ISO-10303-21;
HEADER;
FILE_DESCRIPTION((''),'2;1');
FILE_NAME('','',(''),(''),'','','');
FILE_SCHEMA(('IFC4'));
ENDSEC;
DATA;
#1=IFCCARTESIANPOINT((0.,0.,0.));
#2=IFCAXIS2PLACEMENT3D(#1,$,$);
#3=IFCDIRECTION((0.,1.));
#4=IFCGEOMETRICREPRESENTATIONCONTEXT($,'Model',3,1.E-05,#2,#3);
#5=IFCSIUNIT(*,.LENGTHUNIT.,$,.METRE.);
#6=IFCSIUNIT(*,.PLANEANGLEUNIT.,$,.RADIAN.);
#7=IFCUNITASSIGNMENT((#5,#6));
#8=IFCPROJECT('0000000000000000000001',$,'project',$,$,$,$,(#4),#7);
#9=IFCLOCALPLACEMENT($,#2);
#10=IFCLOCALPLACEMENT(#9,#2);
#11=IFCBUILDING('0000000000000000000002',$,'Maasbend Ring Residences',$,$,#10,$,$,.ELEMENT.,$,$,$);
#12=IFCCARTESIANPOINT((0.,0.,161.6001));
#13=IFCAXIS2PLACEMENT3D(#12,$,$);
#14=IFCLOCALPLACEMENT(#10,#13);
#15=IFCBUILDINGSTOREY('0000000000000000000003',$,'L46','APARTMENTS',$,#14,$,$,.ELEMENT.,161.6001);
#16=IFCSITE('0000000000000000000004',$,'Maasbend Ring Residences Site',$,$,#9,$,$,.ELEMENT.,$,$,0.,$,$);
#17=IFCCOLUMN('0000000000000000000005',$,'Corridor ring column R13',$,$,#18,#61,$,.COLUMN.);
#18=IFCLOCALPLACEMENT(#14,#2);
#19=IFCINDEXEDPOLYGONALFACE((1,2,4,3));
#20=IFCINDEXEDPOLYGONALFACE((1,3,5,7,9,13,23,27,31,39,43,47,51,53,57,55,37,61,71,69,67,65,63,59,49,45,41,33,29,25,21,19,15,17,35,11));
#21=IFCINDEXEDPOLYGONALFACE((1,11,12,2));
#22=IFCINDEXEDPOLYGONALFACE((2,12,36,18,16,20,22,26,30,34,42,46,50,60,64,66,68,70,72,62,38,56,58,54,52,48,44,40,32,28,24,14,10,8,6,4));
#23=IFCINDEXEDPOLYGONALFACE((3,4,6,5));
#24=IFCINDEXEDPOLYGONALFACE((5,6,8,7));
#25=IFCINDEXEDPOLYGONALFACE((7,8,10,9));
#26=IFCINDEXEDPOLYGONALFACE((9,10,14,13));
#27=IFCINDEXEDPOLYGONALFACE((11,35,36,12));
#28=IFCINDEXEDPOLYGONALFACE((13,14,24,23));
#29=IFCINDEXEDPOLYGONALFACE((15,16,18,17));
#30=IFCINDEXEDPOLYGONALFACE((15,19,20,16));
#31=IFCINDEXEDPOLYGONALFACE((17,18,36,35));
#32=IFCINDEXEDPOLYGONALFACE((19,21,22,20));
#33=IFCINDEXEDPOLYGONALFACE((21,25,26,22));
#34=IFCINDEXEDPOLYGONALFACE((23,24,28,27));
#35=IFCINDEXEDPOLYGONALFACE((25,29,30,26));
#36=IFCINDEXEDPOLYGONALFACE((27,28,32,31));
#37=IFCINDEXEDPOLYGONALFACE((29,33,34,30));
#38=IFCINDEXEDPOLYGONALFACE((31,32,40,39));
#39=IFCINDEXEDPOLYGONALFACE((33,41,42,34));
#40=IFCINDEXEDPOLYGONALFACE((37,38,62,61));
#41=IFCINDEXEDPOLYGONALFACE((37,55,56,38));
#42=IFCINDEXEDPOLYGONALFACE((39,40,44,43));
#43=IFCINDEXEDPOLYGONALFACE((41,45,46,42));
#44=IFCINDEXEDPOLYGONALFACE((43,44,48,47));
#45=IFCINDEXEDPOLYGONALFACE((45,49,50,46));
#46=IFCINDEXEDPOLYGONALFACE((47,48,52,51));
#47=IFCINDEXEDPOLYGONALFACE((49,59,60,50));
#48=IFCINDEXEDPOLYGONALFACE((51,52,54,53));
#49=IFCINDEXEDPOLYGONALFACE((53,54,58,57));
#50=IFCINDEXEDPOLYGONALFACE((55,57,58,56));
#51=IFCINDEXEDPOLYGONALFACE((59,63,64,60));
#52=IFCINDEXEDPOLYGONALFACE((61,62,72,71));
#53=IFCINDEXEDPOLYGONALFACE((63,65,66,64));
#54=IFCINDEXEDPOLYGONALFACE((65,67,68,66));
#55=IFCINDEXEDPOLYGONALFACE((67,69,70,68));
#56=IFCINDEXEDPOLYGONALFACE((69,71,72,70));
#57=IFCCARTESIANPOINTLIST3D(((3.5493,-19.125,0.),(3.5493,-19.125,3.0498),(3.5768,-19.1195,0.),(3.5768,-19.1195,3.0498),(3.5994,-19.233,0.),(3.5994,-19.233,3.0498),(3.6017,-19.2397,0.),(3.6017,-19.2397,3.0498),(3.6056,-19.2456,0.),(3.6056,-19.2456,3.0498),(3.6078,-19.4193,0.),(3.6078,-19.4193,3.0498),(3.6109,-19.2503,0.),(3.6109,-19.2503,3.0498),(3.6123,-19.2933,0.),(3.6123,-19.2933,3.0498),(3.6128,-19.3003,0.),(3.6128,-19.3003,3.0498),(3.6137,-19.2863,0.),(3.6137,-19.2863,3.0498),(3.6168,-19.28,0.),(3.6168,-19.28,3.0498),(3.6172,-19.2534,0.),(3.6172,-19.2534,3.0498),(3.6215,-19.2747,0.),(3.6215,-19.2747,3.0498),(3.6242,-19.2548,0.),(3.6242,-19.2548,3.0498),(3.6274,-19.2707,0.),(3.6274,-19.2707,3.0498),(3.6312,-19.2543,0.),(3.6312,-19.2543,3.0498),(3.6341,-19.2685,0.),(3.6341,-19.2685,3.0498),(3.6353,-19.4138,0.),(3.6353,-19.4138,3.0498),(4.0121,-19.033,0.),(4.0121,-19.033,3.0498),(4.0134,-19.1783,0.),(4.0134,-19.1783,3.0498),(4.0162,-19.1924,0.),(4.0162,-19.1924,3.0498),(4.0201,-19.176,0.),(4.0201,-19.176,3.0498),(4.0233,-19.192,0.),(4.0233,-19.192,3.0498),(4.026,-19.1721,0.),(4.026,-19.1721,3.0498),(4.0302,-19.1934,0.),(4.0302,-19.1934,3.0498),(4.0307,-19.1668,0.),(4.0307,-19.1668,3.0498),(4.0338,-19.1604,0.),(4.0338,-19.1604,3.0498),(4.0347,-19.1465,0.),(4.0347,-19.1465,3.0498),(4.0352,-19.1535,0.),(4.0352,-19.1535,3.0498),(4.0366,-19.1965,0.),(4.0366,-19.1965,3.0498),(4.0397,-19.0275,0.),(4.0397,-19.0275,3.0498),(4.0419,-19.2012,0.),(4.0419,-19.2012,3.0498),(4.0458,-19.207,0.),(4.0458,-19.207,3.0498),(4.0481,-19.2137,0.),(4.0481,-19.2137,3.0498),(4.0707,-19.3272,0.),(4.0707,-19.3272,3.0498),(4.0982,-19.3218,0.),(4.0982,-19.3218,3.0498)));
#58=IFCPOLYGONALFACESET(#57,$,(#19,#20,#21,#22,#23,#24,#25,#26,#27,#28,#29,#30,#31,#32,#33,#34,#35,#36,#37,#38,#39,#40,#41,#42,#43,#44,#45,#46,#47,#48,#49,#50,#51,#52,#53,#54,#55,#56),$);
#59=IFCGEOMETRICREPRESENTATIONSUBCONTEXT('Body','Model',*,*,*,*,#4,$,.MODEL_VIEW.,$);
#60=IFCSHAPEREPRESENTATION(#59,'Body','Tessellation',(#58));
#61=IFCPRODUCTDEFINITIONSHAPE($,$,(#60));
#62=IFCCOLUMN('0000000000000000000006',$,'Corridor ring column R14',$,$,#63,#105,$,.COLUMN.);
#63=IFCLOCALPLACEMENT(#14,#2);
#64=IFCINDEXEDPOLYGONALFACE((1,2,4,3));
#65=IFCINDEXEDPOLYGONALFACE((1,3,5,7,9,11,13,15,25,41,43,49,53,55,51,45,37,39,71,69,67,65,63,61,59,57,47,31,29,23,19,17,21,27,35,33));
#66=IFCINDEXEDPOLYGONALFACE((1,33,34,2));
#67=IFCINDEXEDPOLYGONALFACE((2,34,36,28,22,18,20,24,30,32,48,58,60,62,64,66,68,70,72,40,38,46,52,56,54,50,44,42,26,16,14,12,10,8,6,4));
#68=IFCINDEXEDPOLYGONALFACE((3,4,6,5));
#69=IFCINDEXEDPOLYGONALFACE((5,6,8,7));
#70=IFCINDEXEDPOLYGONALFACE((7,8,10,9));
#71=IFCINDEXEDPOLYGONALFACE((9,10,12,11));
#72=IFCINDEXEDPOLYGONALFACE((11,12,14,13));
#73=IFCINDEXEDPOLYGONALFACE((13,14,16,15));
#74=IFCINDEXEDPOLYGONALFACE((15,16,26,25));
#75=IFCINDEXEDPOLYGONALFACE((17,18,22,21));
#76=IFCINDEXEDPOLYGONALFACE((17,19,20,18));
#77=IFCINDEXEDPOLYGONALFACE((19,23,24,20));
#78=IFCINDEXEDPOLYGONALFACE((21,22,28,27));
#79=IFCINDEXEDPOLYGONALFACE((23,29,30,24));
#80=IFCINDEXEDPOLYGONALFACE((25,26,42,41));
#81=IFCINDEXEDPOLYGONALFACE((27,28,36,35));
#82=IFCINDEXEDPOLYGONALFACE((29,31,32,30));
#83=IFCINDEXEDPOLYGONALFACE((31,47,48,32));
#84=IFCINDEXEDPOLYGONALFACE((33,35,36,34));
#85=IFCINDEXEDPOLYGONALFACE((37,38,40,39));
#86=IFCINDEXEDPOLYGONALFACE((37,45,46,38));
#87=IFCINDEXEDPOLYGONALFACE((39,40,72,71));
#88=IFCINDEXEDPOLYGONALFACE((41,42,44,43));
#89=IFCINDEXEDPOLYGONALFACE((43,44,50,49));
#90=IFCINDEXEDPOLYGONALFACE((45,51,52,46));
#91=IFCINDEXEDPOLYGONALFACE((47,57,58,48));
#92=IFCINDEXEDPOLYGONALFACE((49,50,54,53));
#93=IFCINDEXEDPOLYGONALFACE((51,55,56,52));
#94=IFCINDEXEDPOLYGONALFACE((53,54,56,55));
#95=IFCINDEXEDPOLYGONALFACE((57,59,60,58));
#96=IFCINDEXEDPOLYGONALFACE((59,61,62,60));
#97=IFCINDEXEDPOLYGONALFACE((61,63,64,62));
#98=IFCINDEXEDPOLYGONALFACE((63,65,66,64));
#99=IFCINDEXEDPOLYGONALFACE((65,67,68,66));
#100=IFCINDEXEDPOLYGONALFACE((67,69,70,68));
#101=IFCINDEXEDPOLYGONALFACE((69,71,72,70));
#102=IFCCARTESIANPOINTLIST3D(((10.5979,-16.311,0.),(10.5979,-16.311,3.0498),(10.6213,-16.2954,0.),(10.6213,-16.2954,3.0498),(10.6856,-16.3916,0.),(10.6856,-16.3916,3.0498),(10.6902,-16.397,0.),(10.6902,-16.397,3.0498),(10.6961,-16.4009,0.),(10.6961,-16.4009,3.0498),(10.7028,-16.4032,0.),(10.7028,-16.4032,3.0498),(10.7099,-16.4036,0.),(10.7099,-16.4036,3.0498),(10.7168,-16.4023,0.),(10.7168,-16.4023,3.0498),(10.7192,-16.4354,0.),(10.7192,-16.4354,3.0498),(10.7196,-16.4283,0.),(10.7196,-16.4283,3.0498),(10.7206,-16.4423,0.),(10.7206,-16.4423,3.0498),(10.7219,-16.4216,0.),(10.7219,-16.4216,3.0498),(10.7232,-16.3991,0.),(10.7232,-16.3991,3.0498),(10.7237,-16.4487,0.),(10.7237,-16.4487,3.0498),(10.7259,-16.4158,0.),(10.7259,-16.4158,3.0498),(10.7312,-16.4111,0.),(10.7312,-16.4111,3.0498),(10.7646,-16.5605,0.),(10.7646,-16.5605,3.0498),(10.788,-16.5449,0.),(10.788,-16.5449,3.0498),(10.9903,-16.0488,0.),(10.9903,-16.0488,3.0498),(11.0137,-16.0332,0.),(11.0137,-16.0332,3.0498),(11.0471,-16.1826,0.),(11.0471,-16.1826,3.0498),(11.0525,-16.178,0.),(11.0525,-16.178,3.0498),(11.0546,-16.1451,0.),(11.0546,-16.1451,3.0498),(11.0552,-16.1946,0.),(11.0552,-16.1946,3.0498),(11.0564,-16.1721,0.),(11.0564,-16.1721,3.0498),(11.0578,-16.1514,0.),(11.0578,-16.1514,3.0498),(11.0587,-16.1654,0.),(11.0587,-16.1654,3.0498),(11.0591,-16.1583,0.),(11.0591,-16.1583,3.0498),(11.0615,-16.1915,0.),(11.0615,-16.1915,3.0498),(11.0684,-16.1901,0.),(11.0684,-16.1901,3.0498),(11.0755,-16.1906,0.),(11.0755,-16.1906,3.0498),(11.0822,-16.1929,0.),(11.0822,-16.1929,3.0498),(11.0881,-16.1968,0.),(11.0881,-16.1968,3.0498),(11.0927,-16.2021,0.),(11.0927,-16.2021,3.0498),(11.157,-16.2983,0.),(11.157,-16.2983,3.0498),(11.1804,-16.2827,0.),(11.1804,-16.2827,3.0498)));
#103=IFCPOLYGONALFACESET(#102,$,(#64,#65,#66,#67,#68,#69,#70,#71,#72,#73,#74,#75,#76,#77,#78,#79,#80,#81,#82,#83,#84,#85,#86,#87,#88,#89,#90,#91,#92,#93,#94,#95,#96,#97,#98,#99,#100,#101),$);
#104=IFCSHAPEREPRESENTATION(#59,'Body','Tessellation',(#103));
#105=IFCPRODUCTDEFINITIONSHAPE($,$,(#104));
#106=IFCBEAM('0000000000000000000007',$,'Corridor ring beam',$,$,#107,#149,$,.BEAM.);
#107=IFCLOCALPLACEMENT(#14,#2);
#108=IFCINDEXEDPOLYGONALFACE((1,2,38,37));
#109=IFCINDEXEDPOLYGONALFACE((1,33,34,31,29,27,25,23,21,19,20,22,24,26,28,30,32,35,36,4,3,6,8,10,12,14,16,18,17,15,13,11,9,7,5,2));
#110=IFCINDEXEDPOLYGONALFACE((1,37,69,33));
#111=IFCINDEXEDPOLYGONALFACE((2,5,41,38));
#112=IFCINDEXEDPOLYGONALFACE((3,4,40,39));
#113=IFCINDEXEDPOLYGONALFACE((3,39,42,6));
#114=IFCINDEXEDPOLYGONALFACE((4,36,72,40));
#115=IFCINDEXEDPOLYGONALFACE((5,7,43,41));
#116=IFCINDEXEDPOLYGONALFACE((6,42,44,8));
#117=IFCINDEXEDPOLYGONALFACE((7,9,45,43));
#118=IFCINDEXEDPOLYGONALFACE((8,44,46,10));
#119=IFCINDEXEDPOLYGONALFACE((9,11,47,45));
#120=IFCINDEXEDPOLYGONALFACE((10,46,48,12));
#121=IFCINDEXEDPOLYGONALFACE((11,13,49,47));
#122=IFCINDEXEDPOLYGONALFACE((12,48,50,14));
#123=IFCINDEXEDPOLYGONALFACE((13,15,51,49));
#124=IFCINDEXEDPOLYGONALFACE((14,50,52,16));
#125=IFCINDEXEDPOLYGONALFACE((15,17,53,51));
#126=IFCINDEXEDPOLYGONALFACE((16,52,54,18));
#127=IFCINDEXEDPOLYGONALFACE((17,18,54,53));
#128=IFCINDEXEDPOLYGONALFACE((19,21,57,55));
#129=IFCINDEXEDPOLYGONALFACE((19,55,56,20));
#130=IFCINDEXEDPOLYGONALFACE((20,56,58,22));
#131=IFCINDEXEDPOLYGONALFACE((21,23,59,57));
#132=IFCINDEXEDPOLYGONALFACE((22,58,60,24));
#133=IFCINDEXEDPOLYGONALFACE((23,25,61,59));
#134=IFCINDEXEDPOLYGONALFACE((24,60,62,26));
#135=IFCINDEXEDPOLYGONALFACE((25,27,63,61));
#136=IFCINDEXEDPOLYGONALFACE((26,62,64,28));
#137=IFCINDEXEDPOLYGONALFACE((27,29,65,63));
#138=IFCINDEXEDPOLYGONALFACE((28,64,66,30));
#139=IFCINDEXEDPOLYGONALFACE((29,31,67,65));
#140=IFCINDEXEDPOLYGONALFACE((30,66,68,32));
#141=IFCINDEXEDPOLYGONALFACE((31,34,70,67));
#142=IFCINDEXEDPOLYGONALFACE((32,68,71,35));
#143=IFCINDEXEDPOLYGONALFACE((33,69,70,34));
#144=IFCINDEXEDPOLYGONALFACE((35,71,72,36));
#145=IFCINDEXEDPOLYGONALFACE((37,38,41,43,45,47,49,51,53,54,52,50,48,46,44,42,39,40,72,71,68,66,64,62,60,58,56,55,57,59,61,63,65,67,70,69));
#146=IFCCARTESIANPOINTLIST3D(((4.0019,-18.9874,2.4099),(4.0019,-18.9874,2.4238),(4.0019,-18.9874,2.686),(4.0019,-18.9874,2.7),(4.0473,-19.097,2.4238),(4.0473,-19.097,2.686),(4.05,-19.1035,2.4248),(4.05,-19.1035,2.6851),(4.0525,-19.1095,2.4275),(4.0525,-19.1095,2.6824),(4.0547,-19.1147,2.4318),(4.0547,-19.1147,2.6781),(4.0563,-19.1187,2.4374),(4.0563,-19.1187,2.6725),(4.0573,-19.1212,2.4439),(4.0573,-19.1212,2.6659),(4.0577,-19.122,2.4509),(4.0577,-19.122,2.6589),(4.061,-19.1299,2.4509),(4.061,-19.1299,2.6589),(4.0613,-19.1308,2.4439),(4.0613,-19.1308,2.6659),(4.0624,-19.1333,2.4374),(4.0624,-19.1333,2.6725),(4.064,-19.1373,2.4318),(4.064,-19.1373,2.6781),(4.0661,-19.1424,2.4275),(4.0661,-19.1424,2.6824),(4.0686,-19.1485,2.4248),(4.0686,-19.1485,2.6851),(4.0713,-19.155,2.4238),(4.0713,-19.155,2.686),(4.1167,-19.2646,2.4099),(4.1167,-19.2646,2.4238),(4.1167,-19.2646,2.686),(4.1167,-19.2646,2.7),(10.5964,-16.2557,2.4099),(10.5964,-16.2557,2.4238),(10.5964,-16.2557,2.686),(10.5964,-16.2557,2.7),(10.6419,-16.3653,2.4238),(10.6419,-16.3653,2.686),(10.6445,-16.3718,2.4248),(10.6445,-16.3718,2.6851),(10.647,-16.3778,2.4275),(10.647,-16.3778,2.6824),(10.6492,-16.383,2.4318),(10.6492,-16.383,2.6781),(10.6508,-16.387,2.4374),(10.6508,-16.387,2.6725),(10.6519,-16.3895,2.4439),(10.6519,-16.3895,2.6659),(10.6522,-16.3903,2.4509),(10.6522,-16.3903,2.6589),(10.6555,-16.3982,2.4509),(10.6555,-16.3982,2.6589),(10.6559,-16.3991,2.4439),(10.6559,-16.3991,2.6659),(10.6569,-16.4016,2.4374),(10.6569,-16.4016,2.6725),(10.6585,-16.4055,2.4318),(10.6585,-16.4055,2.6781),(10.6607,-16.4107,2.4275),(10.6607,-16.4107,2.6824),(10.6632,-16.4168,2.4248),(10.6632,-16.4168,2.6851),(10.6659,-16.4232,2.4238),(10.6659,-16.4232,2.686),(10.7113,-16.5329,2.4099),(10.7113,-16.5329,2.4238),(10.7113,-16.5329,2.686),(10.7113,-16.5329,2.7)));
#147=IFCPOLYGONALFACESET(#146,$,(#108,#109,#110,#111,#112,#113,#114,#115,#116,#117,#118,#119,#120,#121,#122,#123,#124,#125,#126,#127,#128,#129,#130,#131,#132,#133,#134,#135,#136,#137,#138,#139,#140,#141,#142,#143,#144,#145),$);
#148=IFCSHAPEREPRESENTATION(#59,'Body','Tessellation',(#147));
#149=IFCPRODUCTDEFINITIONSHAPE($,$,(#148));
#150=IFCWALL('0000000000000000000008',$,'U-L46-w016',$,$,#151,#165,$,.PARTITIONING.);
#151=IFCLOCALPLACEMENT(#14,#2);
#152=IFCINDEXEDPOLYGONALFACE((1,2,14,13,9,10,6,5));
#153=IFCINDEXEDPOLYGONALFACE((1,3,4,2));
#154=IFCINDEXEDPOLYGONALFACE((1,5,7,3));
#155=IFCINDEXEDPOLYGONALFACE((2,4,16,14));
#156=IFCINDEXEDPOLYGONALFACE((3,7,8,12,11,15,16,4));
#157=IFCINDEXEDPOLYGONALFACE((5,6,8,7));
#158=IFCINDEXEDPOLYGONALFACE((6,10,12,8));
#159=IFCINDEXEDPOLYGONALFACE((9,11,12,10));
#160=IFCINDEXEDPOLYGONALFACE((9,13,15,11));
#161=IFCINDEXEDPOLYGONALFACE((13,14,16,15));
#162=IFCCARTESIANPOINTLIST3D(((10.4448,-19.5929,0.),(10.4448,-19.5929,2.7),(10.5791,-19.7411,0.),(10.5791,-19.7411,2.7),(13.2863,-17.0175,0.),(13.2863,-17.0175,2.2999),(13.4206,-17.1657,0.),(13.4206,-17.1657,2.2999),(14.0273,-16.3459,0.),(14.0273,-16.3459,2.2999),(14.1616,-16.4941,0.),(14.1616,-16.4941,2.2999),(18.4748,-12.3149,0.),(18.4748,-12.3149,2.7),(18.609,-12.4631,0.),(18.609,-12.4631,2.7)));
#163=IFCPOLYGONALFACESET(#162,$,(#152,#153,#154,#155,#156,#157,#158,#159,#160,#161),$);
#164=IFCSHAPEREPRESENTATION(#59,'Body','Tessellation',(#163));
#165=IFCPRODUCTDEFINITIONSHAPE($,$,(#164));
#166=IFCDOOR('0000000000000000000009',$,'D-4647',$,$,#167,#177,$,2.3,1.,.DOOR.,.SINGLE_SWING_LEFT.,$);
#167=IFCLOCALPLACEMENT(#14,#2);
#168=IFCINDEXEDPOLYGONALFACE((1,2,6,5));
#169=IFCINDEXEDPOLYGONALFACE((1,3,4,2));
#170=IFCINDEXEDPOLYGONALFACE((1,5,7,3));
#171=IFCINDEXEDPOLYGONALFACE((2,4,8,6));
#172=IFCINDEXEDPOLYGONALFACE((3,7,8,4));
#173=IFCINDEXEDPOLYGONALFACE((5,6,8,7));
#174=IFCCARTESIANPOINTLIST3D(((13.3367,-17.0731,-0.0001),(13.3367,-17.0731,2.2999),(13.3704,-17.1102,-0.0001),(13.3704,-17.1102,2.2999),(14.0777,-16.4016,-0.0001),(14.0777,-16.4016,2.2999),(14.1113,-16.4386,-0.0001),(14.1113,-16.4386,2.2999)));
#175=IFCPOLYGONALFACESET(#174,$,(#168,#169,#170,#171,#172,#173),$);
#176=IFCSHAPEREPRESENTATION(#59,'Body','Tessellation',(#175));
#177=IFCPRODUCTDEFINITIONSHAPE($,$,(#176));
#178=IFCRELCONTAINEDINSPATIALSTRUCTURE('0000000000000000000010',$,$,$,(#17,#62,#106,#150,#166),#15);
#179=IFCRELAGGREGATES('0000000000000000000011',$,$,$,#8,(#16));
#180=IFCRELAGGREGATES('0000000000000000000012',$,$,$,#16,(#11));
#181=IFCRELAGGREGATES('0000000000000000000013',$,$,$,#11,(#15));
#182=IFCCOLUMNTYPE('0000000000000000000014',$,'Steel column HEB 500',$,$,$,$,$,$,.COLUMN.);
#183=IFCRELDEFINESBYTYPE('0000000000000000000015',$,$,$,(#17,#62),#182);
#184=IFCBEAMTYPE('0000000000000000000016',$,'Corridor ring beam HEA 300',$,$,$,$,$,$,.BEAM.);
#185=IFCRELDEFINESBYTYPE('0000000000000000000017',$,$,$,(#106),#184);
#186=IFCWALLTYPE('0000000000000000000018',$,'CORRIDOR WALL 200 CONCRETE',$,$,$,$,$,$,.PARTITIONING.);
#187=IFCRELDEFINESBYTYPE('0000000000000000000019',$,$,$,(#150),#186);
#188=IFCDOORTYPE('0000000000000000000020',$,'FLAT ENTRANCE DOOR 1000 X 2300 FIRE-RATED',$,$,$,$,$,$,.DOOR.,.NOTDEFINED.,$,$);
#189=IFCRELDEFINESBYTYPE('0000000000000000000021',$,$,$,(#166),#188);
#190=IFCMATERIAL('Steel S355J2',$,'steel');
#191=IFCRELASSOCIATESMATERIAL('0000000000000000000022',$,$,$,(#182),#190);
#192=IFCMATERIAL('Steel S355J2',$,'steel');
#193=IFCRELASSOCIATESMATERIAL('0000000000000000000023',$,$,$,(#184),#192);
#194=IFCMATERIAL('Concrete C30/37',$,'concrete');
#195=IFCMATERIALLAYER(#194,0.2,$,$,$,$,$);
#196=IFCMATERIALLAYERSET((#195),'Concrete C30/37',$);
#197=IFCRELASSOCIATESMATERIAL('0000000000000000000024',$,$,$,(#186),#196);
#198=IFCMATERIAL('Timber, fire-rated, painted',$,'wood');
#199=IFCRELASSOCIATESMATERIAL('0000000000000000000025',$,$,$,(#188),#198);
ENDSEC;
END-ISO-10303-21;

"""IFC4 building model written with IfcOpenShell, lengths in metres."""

from ifc_helpers import new_model, si_unit, direction, frame, frame_2d, origin, origin_2d, place, context, subcontext, project, spatial, rectangle, i_section, extrude, material, layer, layer_set, material_profile, profile_set, type_object, element, fill, save


model = new_model("IFC4")

# Units and contexts
model_context = context("Model", 3, precision=1e-05, world=origin(), true_north=direction((0.0, 1.0)))
body_context = subcontext(model_context, "Body", "Model", "MODEL_VIEW")
ifc_project = project(units=[si_unit("LENGTHUNIT", "METRE"), si_unit("PLANEANGLEUNIT", "RADIAN")], contexts=[model_context])

# Site, building, storey
site_placement = place(None, origin())
site = spatial("IfcSite", under=ifc_project, at=site_placement, Name="Maasbend Ring Residences Site", CompositionType="ELEMENT", RefElevation=0.0)
building_placement = place(site_placement, origin())
building = spatial("IfcBuilding", under=site, at=building_placement, Name="Maasbend Ring Residences", CompositionType="ELEMENT")
storey_placement = place(building_placement, frame((0.0, 0.0, 161.6001)))
storey = spatial("IfcBuildingStorey", under=building, at=storey_placement, Name="L46", Description="APARTMENTS", CompositionType="ELEMENT", Elevation=161.6001)

# Columns
ifc_material_1 = material(Name="Steel S355J2", Category="steel")
ifc_material_profile_1 = material_profile(ifc_material_1, i_section(OverallWidth=0.3, OverallDepth=0.5, WebThickness=0.0144, FlangeThickness=0.0281, FilletRadius=0.0271, at=origin_2d()), Name="HEB 500")
ifc_profile_set_1 = profile_set([ifc_material_profile_1], Name="Steel S355J2")
column_type = type_object("IfcColumnType", Name="Steel column HEB 500", PredefinedType="COLUMN", material=ifc_profile_set_1)
for number, where, z_axis, x_axis, name in (
    (1, (3.8237, -19.2234, 0.0), (0.0, 0.0, 1.0), (0.19509, -0.980785, 0.0), "Corridor ring column R13"),
    (2, (10.8892, -16.2969, 0.0), (0.0, 0.0, 1.0), (0.55557, -0.83147, 0.0), "Corridor ring column R14"),
):
    element("IfcColumn", number, at=place(storey_placement, frame(where, z_axis=z_axis, x_axis=x_axis)), inside=storey, type_object=column_type, Name=name, PredefinedType="COLUMN", context=body_context, shape_type="SweptSolid", body=[
        extrude(i_section(OverallWidth=0.3, OverallDepth=0.5, WebThickness=0.0144, FlangeThickness=0.0281, FilletRadius=0.0271, at=origin_2d()), origin(), (0.0, 0.0, 1.0), 3.0498),
    ])

# Beam
ifc_material_2 = material(Name="Steel S355J2", Category="steel")
ifc_material_profile_2 = material_profile(ifc_material_2, i_section(OverallWidth=0.3, OverallDepth=0.29, WebThickness=0.0085, FlangeThickness=0.0139, FilletRadius=0.0271, at=origin_2d()), Name="HEA 300")
ifc_profile_set_2 = profile_set([ifc_material_profile_2], Name="Steel S355J2")
beam_type = type_object("IfcBeamType", Name="Corridor ring beam HEA 300", PredefinedType="BEAM", material=ifc_profile_set_2)
beam_placement = place(storey_placement, frame((4.0593, -19.126, 2.5549), z_axis=(0.923871, 0.382703, 0.0), x_axis=(-0.382703, 0.923871, 0.0)))
element("IfcBeam", 3, at=beam_placement, inside=storey, type_object=beam_type, Name="Corridor ring beam", PredefinedType="BEAM", context=body_context, shape_type="SweptSolid", body=[
    extrude(i_section(OverallWidth=0.3, OverallDepth=0.29, WebThickness=0.0085, FlangeThickness=0.0139, FilletRadius=0.0271, at=origin_2d()), origin(), (0.0, 0.0, 1.0), 7.1379),
])

# Wall, opening, door
ifc_material_3 = material(Name="Concrete C30/37", Category="concrete")
ifc_layer_1 = layer(ifc_material_3, 0.2)
ifc_layer_set_1 = layer_set([ifc_layer_1], Name="Concrete C30/37")
wall_type_1 = type_object("IfcWallType", Name="CORRIDOR WALL 200 CONCRETE", PredefinedType="PARTITIONING", material=ifc_layer_set_1)
wall_1_placement = place(storey_placement, frame((10.512, -19.667, 0.0), z_axis=(0.0, 0.0, 1.0), x_axis=(0.740947, 0.671563, 0.0)))
wall_1 = element("IfcWall", 4, at=wall_1_placement, inside=storey, type_object=wall_type_1, Name="U-L46-w016", PredefinedType="PARTITIONING", context=body_context, shape_type="SweptSolid", body=[
    extrude(rectangle(XDim=10.8374, YDim=0.2, at=frame_2d((5.4187, 0.0))), origin(), (0.0, 0.0, 1.0), 2.7),
])
opening_1_placement = place(wall_1_placement, frame((3.835, 0.0, 0.0)))
opening_1 = element("IfcOpeningElement", 5, at=opening_1_placement, cuts=wall_1, PredefinedType="OPENING", context=body_context, shape_type="SweptSolid", body=[
    extrude(rectangle(XDim=1.0, YDim=2.3, at=frame_2d((0.5, 1.1499))), frame((0.0, 0.1099, 0.0), z_axis=(0.0, -1.0, 0.0), x_axis=(1.0, 0.0, 0.0)), (0.0, 0.0, 1.0), 0.22),
])
ifc_material_4 = material(Name="Timber, fire-rated, painted", Category="wood")
door_type_1 = type_object("IfcDoorType", Name="FLAT ENTRANCE DOOR 1000 X 2300 FIRE-RATED", OperationType="NOTDEFINED", PredefinedType="DOOR", material=ifc_material_4)
door_1_placement = place(opening_1_placement, origin())
door_1 = element("IfcDoor", 6, at=door_1_placement, inside=storey, type_object=door_type_1, Name="D-4647", OperationType="SINGLE_SWING_LEFT", OverallHeight=2.3, OverallWidth=1.0, PredefinedType="DOOR", context=body_context, shape_type="SweptSolid", body=[
    extrude(rectangle(XDim=1.0, YDim=2.3, at=frame_2d((0.5, 1.1499))), frame((0.0, 0.0249, 0.0), z_axis=(0.0, -1.0, 0.0), x_axis=(1.0, 0.0, 0.0)), (0.0, 0.0, 1.0), 0.05),
])
fill(opening_1, door_1)

save(model, "model.ifc")
